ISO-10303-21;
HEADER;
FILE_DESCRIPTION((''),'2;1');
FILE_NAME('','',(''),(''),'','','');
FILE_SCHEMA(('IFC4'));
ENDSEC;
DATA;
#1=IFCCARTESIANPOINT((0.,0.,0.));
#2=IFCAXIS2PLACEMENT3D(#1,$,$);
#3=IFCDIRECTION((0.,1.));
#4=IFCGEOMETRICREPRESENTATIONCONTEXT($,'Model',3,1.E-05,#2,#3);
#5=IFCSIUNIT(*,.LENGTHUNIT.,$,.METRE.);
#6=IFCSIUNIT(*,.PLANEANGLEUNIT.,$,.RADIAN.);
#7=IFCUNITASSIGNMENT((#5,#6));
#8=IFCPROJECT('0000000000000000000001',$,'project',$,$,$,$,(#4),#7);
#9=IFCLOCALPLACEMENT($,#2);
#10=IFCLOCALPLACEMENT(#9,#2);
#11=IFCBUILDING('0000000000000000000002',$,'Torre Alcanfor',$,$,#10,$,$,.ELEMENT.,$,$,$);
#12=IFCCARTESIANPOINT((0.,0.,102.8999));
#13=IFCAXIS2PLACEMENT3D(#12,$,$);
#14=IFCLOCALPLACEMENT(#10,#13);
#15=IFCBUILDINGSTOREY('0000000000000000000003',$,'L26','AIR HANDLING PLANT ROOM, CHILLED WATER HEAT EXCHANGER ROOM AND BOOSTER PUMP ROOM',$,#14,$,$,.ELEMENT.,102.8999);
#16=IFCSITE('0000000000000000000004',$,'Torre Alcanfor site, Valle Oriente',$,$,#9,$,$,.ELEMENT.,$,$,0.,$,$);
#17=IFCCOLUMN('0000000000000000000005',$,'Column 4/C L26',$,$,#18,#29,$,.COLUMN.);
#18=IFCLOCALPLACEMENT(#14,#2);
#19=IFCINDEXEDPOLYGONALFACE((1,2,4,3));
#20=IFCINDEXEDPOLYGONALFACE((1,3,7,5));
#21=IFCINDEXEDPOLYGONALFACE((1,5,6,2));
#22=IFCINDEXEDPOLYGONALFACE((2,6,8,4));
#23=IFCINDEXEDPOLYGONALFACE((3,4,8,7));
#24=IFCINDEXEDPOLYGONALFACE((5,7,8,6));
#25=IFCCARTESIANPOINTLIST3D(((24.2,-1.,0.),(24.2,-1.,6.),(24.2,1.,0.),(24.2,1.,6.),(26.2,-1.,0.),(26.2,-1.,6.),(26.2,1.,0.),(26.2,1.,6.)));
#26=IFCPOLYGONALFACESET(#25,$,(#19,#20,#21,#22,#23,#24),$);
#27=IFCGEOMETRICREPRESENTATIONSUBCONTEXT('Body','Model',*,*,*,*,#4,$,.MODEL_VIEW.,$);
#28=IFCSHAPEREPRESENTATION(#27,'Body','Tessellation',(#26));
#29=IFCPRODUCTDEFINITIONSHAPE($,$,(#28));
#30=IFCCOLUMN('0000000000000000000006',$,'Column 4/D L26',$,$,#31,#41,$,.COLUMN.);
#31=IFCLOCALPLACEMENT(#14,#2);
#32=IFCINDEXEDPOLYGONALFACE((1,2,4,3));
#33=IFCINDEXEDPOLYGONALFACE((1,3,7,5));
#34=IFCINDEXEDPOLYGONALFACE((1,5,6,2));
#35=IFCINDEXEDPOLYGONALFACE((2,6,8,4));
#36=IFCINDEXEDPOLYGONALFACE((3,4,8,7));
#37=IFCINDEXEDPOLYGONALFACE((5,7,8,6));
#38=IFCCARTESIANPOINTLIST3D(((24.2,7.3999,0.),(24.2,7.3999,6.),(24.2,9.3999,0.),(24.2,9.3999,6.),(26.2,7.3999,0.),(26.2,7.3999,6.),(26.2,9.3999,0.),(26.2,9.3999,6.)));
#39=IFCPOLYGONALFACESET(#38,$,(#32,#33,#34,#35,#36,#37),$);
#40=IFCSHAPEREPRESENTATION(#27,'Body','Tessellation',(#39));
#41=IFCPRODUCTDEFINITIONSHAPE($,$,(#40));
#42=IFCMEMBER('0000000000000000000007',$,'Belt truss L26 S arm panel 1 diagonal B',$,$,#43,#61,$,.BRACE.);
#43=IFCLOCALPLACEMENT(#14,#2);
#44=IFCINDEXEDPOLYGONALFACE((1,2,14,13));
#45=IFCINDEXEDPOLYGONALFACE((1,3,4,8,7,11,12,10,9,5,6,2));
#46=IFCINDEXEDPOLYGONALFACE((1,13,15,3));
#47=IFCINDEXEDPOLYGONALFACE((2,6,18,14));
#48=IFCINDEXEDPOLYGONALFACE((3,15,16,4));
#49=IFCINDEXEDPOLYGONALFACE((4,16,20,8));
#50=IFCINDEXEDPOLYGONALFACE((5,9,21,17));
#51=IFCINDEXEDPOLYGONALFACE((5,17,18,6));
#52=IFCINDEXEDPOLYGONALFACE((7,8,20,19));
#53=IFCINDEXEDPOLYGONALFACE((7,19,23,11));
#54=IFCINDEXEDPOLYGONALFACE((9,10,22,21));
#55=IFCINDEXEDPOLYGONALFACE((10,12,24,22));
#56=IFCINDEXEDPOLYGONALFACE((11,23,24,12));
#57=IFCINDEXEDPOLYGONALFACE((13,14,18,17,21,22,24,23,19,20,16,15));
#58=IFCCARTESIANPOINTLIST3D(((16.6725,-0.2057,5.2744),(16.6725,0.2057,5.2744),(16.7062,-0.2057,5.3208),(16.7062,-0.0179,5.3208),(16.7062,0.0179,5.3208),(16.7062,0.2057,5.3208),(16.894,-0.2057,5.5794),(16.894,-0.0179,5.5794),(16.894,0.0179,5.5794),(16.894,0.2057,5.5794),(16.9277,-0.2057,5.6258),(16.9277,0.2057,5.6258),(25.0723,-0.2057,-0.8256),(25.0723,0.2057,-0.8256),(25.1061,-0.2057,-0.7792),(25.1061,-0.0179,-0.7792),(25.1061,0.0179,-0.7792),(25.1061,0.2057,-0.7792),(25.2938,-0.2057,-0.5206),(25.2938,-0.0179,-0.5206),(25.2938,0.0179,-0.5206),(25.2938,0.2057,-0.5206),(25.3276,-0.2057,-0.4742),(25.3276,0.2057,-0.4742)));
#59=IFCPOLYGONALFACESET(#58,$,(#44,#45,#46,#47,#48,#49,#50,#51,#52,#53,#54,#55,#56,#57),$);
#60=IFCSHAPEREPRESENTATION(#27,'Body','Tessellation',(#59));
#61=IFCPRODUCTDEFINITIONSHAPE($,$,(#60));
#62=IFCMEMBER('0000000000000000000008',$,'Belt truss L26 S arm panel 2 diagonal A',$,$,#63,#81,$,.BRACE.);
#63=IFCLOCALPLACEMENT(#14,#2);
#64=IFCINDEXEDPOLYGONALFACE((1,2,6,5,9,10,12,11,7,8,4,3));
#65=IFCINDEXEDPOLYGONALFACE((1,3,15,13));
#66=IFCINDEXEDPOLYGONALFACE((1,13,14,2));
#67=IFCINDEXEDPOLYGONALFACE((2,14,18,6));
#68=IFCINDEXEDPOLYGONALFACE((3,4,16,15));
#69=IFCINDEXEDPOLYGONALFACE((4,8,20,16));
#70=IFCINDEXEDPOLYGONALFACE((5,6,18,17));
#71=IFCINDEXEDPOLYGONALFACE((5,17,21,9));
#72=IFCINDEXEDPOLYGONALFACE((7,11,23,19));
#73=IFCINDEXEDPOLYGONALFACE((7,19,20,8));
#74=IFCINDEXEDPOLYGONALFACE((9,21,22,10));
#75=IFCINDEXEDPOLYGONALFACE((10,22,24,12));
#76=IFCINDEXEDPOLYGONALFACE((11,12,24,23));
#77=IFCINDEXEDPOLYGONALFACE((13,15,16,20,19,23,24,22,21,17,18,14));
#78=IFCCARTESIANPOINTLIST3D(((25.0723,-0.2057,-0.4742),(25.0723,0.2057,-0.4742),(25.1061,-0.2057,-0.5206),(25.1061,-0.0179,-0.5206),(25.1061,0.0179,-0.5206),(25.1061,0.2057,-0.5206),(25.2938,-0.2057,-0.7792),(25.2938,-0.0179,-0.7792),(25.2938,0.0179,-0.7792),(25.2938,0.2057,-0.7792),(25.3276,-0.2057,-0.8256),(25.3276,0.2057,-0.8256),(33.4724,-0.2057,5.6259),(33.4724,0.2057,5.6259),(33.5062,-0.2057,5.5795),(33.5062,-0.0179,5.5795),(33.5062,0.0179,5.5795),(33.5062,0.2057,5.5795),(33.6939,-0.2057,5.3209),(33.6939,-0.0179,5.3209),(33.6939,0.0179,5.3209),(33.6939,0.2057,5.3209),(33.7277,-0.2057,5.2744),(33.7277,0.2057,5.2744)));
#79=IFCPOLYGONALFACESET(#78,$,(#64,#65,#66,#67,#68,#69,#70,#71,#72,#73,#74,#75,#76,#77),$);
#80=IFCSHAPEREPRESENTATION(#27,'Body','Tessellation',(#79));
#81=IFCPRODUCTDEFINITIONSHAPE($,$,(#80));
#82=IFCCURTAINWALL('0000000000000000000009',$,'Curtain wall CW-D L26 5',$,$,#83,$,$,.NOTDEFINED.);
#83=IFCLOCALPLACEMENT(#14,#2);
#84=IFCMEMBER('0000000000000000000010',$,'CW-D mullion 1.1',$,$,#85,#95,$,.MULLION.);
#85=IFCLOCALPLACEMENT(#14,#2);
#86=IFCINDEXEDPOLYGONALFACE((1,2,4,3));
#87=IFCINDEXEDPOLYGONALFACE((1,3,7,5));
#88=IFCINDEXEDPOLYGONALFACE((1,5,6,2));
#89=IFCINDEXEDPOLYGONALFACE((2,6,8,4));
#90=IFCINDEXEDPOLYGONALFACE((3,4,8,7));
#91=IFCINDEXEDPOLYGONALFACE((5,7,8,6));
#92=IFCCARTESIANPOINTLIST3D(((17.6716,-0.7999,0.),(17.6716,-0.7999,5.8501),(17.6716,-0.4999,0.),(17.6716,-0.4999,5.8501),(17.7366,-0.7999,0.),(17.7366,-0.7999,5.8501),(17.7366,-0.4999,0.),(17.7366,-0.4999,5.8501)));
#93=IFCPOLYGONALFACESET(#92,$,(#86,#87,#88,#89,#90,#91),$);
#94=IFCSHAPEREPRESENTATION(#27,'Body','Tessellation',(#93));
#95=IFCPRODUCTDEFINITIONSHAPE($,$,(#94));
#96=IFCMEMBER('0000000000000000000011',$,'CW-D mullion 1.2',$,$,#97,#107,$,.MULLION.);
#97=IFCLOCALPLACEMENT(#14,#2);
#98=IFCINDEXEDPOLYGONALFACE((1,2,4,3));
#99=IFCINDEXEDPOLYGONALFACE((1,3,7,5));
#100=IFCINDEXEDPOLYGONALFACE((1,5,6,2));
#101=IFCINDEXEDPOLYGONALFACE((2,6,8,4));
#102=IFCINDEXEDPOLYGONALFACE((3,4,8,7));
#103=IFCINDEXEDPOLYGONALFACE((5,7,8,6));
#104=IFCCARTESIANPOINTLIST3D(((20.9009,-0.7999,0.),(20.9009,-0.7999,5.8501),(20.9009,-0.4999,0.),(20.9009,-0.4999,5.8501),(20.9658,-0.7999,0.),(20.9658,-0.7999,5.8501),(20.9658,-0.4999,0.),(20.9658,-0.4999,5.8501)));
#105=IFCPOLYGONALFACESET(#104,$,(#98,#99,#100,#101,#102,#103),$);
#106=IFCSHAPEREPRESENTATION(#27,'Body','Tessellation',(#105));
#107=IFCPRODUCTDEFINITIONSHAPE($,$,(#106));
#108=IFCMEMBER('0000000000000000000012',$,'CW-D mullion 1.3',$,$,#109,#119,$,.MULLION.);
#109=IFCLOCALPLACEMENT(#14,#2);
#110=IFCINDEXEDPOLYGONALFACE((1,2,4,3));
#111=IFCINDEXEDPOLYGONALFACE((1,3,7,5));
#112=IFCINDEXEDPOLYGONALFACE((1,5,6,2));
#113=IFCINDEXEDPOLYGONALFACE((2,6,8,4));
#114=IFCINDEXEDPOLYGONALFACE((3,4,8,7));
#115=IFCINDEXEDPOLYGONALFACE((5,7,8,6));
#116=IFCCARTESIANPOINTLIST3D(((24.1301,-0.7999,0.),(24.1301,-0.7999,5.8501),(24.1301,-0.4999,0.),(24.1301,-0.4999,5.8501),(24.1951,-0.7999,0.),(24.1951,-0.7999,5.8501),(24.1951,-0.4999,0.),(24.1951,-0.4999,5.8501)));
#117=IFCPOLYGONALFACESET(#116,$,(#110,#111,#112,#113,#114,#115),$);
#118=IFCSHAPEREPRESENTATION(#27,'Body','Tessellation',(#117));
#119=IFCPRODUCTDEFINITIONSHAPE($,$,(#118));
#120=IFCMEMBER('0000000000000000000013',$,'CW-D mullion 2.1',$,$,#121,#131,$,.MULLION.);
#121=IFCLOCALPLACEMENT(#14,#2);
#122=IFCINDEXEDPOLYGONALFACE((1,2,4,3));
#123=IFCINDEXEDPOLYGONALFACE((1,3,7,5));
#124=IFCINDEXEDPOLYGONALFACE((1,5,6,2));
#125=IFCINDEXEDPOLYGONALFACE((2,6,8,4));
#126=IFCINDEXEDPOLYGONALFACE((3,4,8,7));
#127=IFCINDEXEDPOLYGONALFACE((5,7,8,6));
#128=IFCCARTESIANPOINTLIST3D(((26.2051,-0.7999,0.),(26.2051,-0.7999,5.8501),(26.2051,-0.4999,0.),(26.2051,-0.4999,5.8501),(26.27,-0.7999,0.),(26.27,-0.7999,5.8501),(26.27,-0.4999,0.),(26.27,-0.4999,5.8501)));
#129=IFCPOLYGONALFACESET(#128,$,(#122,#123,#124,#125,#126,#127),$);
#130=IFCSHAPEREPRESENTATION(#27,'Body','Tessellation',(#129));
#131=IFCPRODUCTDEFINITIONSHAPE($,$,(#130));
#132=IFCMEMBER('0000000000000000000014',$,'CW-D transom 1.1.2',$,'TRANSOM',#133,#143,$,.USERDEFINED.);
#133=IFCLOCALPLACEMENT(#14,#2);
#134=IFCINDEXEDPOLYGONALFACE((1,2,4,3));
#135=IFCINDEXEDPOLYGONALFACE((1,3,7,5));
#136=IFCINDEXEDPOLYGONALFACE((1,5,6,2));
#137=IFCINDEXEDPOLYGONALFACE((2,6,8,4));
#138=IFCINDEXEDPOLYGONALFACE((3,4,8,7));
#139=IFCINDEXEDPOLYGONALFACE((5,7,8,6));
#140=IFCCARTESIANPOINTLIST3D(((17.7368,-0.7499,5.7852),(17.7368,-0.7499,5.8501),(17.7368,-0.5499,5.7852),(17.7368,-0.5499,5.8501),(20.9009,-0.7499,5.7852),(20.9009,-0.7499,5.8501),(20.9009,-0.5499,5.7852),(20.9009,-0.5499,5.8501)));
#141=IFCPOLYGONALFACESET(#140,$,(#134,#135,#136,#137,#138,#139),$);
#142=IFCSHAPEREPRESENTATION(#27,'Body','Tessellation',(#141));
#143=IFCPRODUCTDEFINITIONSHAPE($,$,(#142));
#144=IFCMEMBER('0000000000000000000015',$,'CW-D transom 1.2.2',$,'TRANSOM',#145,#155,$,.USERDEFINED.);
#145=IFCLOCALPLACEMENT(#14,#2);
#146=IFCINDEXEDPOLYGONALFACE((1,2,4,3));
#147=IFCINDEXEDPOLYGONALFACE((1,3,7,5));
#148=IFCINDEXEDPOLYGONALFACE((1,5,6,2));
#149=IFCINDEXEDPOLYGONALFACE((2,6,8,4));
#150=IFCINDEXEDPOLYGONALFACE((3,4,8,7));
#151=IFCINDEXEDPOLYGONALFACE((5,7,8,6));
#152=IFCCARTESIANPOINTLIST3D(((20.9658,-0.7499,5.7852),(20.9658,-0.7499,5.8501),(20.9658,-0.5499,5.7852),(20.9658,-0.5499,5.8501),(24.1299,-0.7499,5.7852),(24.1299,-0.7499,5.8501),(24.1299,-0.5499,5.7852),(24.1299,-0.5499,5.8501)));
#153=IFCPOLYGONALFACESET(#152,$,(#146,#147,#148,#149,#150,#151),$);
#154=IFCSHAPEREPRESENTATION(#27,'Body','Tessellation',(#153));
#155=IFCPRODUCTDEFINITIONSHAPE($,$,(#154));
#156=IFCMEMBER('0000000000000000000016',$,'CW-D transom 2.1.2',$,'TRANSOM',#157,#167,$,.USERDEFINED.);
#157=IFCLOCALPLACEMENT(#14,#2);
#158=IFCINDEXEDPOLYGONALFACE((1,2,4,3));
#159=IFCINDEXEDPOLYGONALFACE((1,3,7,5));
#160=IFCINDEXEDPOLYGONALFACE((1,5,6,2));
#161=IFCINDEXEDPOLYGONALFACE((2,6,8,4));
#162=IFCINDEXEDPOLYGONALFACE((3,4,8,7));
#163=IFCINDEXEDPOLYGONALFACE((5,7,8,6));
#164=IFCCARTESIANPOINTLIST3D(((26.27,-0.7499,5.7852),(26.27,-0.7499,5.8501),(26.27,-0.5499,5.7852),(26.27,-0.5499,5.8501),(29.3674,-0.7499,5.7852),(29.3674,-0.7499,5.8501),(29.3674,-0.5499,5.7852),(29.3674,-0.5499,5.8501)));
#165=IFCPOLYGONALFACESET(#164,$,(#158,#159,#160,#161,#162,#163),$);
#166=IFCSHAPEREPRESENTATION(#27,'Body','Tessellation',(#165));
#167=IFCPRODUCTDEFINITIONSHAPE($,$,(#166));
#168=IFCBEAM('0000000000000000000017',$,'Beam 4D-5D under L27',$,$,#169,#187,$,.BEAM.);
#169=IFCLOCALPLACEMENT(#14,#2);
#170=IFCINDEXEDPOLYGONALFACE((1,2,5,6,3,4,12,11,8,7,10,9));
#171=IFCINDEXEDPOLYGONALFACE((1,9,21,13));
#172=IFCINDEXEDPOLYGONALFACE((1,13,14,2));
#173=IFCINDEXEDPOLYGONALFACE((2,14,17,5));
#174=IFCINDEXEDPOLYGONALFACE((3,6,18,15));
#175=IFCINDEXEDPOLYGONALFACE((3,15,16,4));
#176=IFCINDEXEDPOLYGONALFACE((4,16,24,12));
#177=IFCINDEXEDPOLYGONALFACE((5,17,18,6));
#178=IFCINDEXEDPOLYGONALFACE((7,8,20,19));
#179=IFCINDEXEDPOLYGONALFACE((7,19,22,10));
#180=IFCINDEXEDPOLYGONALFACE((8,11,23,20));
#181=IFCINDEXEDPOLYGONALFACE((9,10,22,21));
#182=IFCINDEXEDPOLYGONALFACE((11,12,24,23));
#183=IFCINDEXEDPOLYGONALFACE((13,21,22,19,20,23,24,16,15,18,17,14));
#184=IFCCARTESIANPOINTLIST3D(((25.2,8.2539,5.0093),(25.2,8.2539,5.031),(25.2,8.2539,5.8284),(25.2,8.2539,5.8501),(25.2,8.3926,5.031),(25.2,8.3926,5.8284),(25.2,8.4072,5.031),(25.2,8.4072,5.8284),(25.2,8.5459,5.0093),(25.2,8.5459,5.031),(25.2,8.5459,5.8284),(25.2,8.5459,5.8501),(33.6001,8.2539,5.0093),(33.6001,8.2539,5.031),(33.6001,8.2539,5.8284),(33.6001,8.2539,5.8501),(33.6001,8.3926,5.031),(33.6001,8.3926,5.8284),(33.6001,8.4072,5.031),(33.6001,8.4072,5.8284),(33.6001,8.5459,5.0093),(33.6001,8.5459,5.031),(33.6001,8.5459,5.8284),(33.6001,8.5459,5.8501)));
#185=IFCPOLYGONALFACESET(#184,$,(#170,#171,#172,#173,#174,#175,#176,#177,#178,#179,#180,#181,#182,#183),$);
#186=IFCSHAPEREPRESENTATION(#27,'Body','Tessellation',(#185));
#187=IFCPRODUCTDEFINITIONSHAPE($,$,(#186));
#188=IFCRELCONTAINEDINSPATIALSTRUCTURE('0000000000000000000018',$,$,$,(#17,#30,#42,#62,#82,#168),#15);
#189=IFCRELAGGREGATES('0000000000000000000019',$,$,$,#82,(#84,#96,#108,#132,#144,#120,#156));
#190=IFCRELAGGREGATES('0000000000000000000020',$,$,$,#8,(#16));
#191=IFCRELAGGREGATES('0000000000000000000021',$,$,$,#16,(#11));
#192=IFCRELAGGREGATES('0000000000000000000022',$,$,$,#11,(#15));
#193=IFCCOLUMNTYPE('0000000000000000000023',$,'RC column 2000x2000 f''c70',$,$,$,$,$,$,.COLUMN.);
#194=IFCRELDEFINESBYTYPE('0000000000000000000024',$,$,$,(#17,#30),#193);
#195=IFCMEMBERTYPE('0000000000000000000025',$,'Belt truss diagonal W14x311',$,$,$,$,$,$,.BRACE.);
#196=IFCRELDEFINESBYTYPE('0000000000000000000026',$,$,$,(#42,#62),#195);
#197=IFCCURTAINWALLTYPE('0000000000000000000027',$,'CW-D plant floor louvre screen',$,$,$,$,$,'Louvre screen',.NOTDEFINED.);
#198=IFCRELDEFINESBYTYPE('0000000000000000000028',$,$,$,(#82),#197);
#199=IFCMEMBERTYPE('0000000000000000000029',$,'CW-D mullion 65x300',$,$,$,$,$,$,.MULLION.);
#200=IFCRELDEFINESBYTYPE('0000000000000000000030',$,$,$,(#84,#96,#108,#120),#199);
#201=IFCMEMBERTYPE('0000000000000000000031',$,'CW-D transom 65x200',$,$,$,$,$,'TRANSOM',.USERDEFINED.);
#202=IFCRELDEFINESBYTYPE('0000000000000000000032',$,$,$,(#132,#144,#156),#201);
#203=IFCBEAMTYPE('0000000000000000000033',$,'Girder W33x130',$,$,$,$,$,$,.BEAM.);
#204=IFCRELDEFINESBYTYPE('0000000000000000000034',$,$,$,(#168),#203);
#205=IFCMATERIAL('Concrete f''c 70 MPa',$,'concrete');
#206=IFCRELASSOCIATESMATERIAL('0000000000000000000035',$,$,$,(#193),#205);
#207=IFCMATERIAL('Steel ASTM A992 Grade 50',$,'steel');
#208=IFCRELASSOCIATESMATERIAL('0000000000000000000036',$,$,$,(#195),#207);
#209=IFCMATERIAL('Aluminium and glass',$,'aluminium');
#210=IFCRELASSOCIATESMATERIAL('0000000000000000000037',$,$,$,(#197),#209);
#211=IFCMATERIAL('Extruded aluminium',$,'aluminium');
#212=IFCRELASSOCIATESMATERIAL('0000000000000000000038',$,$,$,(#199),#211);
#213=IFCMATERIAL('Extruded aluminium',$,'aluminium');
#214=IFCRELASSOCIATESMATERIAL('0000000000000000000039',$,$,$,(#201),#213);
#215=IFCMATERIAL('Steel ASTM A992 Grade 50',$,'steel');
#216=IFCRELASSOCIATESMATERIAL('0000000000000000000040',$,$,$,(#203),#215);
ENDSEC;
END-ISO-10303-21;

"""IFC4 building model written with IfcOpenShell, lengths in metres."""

from ifc_helpers import new_model, si_unit, direction, frame, origin, origin_2d, place, context, subcontext, project, spatial, rectangle, i_section, extrude, material, material_profile, profile_set, type_object, element, aggregate, save


model = new_model("IFC4")

# Units and contexts
model_context = context("Model", 3, precision=1e-05, world=origin(), true_north=direction((0.0, 1.0)))
body_context = subcontext(model_context, "Body", "Model", "MODEL_VIEW")
ifc_project = project(units=[si_unit("LENGTHUNIT", "METRE"), si_unit("PLANEANGLEUNIT", "RADIAN")], contexts=[model_context])

# Site, building, storey
site_placement = place(None, origin())
site = spatial("IfcSite", under=ifc_project, at=site_placement, Name="Torre Alcanfor site, Valle Oriente", CompositionType="ELEMENT", RefElevation=0.0)
building_placement = place(site_placement, origin())
building = spatial("IfcBuilding", under=site, at=building_placement, Name="Torre Alcanfor", CompositionType="ELEMENT")
storey_placement = place(building_placement, frame((0.0, 0.0, 102.8999)))
storey = spatial("IfcBuildingStorey", under=building, at=storey_placement, Name="L26", Description="AIR HANDLING PLANT ROOM, CHILLED WATER HEAT EXCHANGER ROOM AND BOOSTER PUMP ROOM", CompositionType="ELEMENT", Elevation=102.8999)

# Columns
ifc_material_1 = material(Name="Concrete f'c 70 MPa", Category="concrete")
ifc_material_profile_1 = material_profile(ifc_material_1, rectangle(XDim=2.0, YDim=2.0, at=origin_2d()), Name="2000x2000")
ifc_profile_set_1 = profile_set([ifc_material_profile_1], Name="Concrete f'c 70 MPa")
column_type = type_object("IfcColumnType", Name="RC column 2000x2000 f'c70", PredefinedType="COLUMN", material=ifc_profile_set_1)
for number, where, z_axis, x_axis, name in (
    (1, (25.2, 0.0, 0.0), (0.0, 0.0, 1.0), (1.0, 0.0, 0.0), "Column 4/C L26"),
    (2, (25.2, 8.3999, 0.0), (0.0, 0.0, 1.0), (1.0, 0.0, 0.0), "Column 4/D L26"),
):
    element("IfcColumn", number, at=place(storey_placement, frame(where, z_axis=z_axis, x_axis=x_axis)), inside=storey, type_object=column_type, Name=name, PredefinedType="COLUMN", context=body_context, shape_type="SweptSolid", body=[
        extrude(rectangle(XDim=2.0, YDim=2.0, at=origin_2d()), origin(), (0.0, 0.0, 1.0), 6.0),
    ])

# Members
ifc_material_2 = material(Name="Steel ASTM A992 Grade 50", Category="steel")
ifc_material_profile_2 = material_profile(ifc_material_2, i_section(OverallWidth=0.4114, OverallDepth=0.4343, WebThickness=0.0359, FlangeThickness=0.0574, at=origin_2d()), Name="W14x311")
ifc_profile_set_2 = profile_set([ifc_material_profile_2], Name="Steel ASTM A992 Grade 50")
member_type_1 = type_object("IfcMemberType", Name="Belt truss diagonal W14x311", PredefinedType="BRACE", material=ifc_profile_set_2)
member_1_placement = place(storey_placement, frame((25.2, 0.0, -0.6499), z_axis=(-0.809145, 0.0, 0.587609), x_axis=(0.0, -1.0, 0.0)))
element("IfcMember", 3, at=member_1_placement, inside=storey, type_object=member_type_1, Name="Belt truss L26 S arm panel 1 diagonal B", PredefinedType="BRACE", context=body_context, shape_type="SweptSolid", body=[
    extrude(i_section(OverallWidth=0.4114, OverallDepth=0.4343, WebThickness=0.0359, FlangeThickness=0.0574, at=origin_2d()), origin(), (0.0, 0.0, 1.0), 10.3811),
])
member_2_placement = place(storey_placement, frame((25.2, 0.0, -0.6499), z_axis=(0.809153, 0.0, 0.587598), x_axis=(0.0, 1.0, 0.0)))
element("IfcMember", 4, at=member_2_placement, inside=storey, type_object=member_type_1, Name="Belt truss L26 S arm panel 2 diagonal A", PredefinedType="BRACE", context=body_context, shape_type="SweptSolid", body=[
    extrude(i_section(OverallWidth=0.4114, OverallDepth=0.4343, WebThickness=0.0359, FlangeThickness=0.0574, at=origin_2d()), origin(), (0.0, 0.0, 1.0), 10.3813),
])

# Curtain wall, members
ifc_material_3 = material(Name="Aluminium and glass", Category="aluminium")
curtain_wall_type = type_object("IfcCurtainWallType", Name="CW-D plant floor louvre screen", ElementType="Louvre screen", PredefinedType="NOTDEFINED", material=ifc_material_3)
curtain_wall_placement = place(storey_placement, origin())
curtain_wall = element("IfcCurtainWall", 5, at=curtain_wall_placement, inside=storey, type_object=curtain_wall_type, Name="Curtain wall CW-D L26 5", PredefinedType="NOTDEFINED")
ifc_material_4 = material(Name="Extruded aluminium", Category="aluminium")
ifc_material_profile_3 = material_profile(ifc_material_4, rectangle(XDim=0.3, YDim=0.0649, at=origin_2d()), Name="CW-D mullion 65x300")
ifc_profile_set_3 = profile_set([ifc_material_profile_3], Name="Extruded aluminium")
member_type_2 = type_object("IfcMemberType", Name="CW-D mullion 65x300", PredefinedType="MULLION", material=ifc_profile_set_3)
member_3_placement = place(storey_placement, frame((17.7041, -0.6499, 0.0), z_axis=(0.0, 0.0, 1.0), x_axis=(0.0, 1.0, 0.0)))
member_3 = element("IfcMember", 6, at=member_3_placement, type_object=member_type_2, Name="CW-D mullion 1.1", PredefinedType="MULLION", context=body_context, shape_type="SweptSolid", body=[
    extrude(rectangle(XDim=0.3, YDim=0.0649, at=origin_2d()), origin(), (0.0, 0.0, 1.0), 5.8501),
])
member_4_placement = place(storey_placement, frame((20.9333, -0.6499, 0.0), z_axis=(0.0, 0.0, 1.0), x_axis=(0.0, 1.0, 0.0)))
member_4 = element("IfcMember", 7, at=member_4_placement, type_object=member_type_2, Name="CW-D mullion 1.2", PredefinedType="MULLION", context=body_context, shape_type="SweptSolid", body=[
    extrude(rectangle(XDim=0.3, YDim=0.0649, at=origin_2d()), origin(), (0.0, 0.0, 1.0), 5.8501),
])
member_5_placement = place(storey_placement, frame((24.1626, -0.6499, 0.0), z_axis=(0.0, 0.0, 1.0), x_axis=(0.0, 1.0, 0.0)))
member_5 = element("IfcMember", 8, at=member_5_placement, type_object=member_type_2, Name="CW-D mullion 1.3", PredefinedType="MULLION", context=body_context, shape_type="SweptSolid", body=[
    extrude(rectangle(XDim=0.3, YDim=0.0649, at=origin_2d()), origin(), (0.0, 0.0, 1.0), 5.8501),
])
member_6_placement = place(storey_placement, frame((26.2375, -0.6499, 0.0), z_axis=(0.0, 0.0, 1.0), x_axis=(0.0, 1.0, 0.0)))
member_6 = element("IfcMember", 9, at=member_6_placement, type_object=member_type_2, Name="CW-D mullion 2.1", PredefinedType="MULLION", context=body_context, shape_type="SweptSolid", body=[
    extrude(rectangle(XDim=0.3, YDim=0.0649, at=origin_2d()), origin(), (0.0, 0.0, 1.0), 5.8501),
])
ifc_material_5 = material(Name="Extruded aluminium", Category="aluminium")
ifc_material_profile_4 = material_profile(ifc_material_5, rectangle(XDim=0.2, YDim=0.0649, at=origin_2d()), Name="CW-D transom 200x65")
ifc_profile_set_4 = profile_set([ifc_material_profile_4], Name="Extruded aluminium")
member_type_3 = type_object("IfcMemberType", Name="CW-D transom 65x200", ElementType="TRANSOM", PredefinedType="USERDEFINED", material=ifc_profile_set_4)
member_7_placement = place(storey_placement, frame((17.7368, -0.6499, 5.8176), z_axis=(1.0, 0.0, 0.0), x_axis=(0.0, 1.0, 0.0)))
member_7 = element("IfcMember", 10, at=member_7_placement, type_object=member_type_3, Name="CW-D transom 1.1.2", ObjectType="TRANSOM", PredefinedType="USERDEFINED", context=body_context, shape_type="SweptSolid", body=[
    extrude(rectangle(XDim=0.2, YDim=0.0649, at=origin_2d()), origin(), (0.0, 0.0, 1.0), 3.1641),
])
member_8_placement = place(storey_placement, frame((20.9658, -0.6499, 5.8176), z_axis=(1.0, 0.0, 0.0), x_axis=(0.0, 1.0, 0.0)))
member_8 = element("IfcMember", 11, at=member_8_placement, type_object=member_type_3, Name="CW-D transom 1.2.2", ObjectType="TRANSOM", PredefinedType="USERDEFINED", context=body_context, shape_type="SweptSolid", body=[
    extrude(rectangle(XDim=0.2, YDim=0.0649, at=origin_2d()), origin(), (0.0, 0.0, 1.0), 3.1641),
])
member_9_placement = place(storey_placement, frame((26.27, -0.6499, 5.8176), z_axis=(1.0, 0.0, 0.0), x_axis=(0.0, 1.0, 0.0)))
member_9 = element("IfcMember", 12, at=member_9_placement, type_object=member_type_3, Name="CW-D transom 2.1.2", ObjectType="TRANSOM", PredefinedType="USERDEFINED", context=body_context, shape_type="SweptSolid", body=[
    extrude(rectangle(XDim=0.2, YDim=0.0649, at=origin_2d()), origin(), (0.0, 0.0, 1.0), 3.0974),
])

# Beam
ifc_material_6 = material(Name="Steel ASTM A992 Grade 50", Category="steel")
ifc_material_profile_5 = material_profile(ifc_material_6, i_section(OverallWidth=0.292, OverallDepth=0.8408, WebThickness=0.0146, FlangeThickness=0.0217, at=origin_2d()), Name="W33x130")
ifc_profile_set_5 = profile_set([ifc_material_profile_5], Name="Steel ASTM A992 Grade 50")
beam_type_1 = type_object("IfcBeamType", Name="Girder W33x130", PredefinedType="BEAM", material=ifc_profile_set_5)
beam_1_placement = place(storey_placement, frame((25.2, 8.3999, 5.4297), z_axis=(1.0, 0.0, 0.0), x_axis=(0.0, 1.0, 0.0)))
element("IfcBeam", 13, at=beam_1_placement, inside=storey, type_object=beam_type_1, Name="Beam 4D-5D under L27", PredefinedType="BEAM", context=body_context, shape_type="SweptSolid", body=[
    extrude(i_section(OverallWidth=0.292, OverallDepth=0.8408, WebThickness=0.0146, FlangeThickness=0.0217, at=origin_2d()), origin(), (0.0, 0.0, 1.0), 8.4001),
])

aggregate(curtain_wall, [member_3, member_4, member_5, member_7, member_8, member_6, member_9])

save(model, "model.ifc")
